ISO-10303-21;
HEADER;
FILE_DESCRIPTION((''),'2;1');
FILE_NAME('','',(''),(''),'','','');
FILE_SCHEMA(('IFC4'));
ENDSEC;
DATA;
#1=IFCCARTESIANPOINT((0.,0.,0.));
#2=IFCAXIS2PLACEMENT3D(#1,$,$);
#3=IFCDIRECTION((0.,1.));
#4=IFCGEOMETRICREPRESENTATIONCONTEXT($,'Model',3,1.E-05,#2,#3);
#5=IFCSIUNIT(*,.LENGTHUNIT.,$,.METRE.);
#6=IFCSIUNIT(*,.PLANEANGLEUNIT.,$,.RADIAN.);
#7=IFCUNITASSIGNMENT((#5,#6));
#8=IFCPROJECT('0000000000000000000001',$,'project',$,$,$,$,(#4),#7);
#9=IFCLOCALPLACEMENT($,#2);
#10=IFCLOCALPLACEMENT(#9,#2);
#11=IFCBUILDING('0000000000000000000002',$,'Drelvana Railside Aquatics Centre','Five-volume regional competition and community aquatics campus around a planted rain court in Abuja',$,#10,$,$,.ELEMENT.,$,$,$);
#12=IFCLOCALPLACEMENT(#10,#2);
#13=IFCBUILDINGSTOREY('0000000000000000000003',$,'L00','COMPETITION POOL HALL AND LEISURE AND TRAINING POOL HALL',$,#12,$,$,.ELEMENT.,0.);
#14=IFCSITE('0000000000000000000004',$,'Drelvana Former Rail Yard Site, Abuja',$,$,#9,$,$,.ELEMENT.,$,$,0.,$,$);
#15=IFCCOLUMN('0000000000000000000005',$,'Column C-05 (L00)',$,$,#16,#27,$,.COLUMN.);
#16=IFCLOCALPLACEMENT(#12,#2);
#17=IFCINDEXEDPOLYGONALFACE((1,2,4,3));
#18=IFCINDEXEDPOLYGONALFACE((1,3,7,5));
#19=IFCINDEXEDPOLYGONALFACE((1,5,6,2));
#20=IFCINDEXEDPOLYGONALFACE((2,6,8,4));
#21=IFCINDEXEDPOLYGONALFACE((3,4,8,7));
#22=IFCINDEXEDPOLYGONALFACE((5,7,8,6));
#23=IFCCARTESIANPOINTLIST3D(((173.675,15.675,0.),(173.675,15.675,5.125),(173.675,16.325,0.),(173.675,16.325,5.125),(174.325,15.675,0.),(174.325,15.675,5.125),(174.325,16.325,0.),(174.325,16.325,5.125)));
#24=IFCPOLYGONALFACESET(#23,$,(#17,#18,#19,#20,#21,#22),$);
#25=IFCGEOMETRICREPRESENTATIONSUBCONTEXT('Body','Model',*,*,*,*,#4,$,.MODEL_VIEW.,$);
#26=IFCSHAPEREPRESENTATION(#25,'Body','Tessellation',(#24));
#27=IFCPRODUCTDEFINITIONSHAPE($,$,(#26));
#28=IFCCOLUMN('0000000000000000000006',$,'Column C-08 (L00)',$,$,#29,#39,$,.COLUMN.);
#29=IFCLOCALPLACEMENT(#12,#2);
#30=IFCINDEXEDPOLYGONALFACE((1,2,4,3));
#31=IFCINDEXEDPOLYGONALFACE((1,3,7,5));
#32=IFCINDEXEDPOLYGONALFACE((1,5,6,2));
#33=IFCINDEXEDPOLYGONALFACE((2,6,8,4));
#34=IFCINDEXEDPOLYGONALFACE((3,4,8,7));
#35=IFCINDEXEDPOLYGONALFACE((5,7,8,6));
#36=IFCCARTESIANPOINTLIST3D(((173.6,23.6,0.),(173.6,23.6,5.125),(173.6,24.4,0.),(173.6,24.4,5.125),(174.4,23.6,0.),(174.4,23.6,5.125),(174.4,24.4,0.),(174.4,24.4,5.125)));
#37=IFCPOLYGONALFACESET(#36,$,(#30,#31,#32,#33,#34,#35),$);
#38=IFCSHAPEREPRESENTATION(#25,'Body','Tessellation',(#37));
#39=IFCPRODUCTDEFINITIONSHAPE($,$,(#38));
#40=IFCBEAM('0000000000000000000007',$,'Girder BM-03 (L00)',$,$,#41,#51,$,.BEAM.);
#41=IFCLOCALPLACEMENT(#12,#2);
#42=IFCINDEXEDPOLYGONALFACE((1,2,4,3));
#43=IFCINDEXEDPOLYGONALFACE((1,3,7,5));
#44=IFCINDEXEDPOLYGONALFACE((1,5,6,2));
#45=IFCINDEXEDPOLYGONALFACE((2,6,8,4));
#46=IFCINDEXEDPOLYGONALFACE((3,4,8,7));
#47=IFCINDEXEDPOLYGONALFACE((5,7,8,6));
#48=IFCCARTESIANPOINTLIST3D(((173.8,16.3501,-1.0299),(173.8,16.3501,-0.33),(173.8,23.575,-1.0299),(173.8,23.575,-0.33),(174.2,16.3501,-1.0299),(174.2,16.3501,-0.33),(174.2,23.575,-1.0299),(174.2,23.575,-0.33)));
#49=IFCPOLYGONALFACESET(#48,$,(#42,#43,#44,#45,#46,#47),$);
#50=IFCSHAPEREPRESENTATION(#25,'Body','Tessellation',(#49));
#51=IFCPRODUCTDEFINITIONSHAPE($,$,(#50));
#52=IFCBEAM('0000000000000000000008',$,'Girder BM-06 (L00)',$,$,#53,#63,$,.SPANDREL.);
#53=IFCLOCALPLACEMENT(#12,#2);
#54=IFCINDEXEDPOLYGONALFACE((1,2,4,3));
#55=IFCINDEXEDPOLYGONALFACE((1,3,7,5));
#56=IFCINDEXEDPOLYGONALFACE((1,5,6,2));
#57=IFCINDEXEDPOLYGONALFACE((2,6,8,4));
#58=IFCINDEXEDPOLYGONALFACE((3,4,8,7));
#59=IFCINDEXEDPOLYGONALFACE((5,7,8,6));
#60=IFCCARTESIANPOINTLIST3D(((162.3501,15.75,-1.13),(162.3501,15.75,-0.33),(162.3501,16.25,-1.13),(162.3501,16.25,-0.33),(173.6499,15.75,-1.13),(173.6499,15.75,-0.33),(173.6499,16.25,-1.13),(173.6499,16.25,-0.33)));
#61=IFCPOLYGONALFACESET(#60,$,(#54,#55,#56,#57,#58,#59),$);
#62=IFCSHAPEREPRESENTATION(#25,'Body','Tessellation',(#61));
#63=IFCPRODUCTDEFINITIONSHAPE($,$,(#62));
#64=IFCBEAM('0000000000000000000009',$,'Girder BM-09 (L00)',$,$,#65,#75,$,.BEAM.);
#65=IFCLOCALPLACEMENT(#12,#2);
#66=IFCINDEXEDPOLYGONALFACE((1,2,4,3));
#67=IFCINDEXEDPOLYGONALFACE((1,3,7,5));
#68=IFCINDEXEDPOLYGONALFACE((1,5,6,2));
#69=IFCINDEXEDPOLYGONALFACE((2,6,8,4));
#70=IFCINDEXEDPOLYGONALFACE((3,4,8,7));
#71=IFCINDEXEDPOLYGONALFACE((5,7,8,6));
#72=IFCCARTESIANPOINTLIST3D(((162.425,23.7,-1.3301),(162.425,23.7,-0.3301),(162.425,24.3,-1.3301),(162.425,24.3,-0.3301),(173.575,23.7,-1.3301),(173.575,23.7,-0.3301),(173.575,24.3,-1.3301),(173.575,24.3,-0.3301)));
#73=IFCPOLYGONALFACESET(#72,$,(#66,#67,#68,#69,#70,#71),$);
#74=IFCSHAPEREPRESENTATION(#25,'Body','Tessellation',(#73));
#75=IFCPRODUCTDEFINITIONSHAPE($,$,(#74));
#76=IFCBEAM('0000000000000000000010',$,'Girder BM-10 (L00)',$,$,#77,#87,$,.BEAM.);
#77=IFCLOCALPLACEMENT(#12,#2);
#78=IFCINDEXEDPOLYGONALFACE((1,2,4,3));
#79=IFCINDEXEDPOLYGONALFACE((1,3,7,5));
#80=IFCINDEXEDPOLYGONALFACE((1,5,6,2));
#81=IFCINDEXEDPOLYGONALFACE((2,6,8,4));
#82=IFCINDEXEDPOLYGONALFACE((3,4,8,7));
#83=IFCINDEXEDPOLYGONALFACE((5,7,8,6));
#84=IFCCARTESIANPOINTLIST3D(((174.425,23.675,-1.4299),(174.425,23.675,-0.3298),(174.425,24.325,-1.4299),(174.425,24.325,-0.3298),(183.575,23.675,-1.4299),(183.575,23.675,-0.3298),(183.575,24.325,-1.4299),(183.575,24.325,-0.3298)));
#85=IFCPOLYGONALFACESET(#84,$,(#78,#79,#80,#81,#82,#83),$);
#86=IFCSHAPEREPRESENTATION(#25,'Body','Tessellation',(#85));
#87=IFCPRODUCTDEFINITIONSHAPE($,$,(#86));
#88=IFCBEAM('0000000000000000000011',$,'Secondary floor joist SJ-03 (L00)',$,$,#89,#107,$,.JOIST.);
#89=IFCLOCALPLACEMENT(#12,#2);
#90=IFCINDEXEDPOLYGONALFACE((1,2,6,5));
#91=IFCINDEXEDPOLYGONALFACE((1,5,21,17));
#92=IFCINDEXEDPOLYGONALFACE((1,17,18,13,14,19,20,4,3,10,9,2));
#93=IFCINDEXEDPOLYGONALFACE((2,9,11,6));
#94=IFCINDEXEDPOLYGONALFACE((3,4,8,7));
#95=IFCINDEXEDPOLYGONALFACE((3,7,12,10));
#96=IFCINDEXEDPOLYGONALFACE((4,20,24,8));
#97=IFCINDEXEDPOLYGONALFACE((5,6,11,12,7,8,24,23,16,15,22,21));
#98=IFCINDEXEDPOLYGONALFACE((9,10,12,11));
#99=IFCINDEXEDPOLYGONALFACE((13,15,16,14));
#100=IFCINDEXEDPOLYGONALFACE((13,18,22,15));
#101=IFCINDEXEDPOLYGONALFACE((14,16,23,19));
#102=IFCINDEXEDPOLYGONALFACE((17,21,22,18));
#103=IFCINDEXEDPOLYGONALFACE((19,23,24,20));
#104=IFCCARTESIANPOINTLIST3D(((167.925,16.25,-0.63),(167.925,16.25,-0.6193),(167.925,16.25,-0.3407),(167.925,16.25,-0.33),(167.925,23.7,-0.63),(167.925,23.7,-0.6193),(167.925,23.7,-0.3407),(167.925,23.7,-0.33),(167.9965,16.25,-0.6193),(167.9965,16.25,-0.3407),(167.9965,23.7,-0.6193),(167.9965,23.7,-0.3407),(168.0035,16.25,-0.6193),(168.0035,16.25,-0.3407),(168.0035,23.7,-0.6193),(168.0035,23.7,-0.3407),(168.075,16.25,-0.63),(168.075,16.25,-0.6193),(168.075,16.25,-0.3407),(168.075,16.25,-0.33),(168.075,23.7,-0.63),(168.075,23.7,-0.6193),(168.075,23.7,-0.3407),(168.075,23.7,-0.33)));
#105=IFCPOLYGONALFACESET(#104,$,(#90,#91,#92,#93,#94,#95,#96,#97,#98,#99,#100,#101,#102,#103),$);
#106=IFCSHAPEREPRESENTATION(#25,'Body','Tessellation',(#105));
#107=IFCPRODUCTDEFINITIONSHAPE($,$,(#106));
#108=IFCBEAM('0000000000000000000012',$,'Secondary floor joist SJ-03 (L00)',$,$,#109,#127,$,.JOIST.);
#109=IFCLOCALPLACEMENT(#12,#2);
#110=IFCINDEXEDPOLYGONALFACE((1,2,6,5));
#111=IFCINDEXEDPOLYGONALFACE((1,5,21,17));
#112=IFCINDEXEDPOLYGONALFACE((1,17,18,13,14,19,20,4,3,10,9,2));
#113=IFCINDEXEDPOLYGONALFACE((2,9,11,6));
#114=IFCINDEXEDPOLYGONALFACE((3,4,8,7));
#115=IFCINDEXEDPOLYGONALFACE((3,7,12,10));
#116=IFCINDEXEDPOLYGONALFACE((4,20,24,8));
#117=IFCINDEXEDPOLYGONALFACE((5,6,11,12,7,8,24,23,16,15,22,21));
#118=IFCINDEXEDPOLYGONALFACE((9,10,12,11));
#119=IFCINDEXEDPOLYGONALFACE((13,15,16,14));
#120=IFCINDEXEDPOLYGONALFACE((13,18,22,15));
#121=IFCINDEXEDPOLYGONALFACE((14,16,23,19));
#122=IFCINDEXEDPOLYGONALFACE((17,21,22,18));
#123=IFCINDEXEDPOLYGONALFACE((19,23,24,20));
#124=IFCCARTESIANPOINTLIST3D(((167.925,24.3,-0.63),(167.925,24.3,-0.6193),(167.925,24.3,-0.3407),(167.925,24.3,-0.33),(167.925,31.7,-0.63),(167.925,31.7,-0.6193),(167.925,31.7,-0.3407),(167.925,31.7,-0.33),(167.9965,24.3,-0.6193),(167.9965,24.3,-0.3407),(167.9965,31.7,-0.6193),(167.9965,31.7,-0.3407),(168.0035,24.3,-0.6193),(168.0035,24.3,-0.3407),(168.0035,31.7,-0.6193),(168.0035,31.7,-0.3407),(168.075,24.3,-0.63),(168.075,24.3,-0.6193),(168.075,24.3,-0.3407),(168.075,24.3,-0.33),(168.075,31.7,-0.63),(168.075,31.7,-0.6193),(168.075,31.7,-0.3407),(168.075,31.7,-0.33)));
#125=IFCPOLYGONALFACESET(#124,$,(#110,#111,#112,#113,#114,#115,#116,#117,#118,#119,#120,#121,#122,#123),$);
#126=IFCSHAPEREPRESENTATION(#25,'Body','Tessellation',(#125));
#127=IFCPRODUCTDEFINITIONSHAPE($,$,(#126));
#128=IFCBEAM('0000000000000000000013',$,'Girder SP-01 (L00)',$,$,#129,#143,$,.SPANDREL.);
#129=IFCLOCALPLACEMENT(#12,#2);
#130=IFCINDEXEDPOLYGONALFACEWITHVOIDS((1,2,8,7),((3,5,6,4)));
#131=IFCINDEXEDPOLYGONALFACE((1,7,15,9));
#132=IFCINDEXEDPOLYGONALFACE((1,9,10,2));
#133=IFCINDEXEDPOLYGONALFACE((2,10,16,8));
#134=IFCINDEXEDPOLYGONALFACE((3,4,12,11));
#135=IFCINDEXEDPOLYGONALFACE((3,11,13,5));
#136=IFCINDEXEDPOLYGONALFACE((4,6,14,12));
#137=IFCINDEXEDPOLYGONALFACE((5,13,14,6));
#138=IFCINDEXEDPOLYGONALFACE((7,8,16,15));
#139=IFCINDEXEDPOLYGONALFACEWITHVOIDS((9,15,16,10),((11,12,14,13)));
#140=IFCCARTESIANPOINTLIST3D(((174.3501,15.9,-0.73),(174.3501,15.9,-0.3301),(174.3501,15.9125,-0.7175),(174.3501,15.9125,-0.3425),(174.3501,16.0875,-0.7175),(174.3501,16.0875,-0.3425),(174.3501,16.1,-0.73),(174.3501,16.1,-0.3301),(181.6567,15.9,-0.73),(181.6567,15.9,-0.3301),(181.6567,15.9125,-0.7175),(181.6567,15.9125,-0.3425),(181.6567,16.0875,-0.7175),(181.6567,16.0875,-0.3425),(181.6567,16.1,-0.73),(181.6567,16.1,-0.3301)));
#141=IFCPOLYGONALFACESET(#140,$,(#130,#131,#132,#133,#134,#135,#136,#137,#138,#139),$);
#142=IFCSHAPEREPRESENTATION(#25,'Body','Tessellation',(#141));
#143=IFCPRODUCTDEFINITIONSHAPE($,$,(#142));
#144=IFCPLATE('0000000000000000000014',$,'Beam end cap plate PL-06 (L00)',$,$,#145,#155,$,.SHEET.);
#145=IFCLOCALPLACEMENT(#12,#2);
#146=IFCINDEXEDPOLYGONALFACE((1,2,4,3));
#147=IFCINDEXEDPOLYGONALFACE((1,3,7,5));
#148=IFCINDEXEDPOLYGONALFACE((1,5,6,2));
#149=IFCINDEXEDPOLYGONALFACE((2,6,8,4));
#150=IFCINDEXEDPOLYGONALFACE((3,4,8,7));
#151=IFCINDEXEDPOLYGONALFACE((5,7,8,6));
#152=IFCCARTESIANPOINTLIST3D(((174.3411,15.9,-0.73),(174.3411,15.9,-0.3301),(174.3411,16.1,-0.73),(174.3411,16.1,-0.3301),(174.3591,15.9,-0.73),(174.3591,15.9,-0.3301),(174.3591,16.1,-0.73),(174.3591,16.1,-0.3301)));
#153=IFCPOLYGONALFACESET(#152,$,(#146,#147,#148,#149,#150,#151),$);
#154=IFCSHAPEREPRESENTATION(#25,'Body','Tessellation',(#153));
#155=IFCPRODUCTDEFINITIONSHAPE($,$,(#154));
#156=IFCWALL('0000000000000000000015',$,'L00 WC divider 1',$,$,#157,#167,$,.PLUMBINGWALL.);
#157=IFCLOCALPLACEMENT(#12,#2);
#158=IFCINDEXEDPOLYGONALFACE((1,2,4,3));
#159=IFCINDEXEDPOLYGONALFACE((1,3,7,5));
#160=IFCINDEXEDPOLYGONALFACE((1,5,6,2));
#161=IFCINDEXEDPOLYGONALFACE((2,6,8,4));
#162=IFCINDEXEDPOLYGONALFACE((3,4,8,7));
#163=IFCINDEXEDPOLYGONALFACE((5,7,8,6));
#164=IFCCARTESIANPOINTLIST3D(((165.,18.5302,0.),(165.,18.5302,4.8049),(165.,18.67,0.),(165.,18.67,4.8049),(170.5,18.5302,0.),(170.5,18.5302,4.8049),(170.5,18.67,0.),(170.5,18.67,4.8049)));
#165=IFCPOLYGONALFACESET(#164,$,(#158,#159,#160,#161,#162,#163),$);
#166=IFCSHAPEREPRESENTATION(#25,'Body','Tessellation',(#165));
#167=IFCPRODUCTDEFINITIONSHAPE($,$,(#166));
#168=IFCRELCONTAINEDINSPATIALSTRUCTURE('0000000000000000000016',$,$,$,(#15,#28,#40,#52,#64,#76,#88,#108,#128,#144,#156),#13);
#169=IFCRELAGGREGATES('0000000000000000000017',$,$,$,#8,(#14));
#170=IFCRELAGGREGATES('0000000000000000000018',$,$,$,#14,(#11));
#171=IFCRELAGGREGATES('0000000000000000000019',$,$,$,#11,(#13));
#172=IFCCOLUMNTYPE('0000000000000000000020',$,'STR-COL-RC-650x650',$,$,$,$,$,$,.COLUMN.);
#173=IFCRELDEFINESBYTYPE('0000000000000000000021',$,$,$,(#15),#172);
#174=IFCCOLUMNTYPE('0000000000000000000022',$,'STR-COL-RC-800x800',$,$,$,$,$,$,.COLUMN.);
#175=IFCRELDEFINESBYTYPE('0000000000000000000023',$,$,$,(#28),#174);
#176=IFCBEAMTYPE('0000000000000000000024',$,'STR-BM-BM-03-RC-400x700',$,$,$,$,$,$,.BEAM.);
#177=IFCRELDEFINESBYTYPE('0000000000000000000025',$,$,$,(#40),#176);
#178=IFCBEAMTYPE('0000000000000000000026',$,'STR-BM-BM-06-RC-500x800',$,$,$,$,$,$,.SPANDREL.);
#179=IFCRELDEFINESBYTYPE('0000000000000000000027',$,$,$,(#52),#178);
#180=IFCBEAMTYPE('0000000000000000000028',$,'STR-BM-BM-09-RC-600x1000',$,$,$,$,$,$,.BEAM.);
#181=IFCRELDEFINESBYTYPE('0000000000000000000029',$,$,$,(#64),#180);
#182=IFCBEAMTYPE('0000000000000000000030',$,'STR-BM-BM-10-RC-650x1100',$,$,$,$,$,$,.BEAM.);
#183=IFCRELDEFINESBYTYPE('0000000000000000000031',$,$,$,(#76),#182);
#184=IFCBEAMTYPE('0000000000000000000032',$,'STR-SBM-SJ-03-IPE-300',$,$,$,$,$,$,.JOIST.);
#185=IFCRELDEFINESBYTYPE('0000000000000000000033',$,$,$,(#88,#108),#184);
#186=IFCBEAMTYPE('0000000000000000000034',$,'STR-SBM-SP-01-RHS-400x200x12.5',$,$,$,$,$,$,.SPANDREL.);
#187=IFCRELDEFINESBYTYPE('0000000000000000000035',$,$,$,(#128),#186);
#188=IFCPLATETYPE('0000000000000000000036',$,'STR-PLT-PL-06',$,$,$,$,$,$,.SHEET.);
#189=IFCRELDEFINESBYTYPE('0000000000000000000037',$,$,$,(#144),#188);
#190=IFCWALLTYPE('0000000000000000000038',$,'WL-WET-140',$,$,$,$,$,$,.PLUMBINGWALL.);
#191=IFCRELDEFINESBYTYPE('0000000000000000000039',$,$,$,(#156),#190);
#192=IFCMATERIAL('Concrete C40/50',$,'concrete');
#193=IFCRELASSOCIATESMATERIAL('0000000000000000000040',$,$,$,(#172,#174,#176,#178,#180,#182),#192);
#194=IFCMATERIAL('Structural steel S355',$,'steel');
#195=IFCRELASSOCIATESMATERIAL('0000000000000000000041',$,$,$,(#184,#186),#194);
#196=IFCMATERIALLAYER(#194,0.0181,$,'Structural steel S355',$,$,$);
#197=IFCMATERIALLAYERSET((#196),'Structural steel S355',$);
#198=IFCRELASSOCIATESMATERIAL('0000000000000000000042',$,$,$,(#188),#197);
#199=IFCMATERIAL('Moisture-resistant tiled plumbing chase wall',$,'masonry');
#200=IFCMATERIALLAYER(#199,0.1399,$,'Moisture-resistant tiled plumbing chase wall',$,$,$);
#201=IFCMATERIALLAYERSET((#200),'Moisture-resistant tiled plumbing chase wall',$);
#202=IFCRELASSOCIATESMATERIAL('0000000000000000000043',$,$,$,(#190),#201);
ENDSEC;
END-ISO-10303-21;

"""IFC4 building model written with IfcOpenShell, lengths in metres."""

from ifc_helpers import new_model, si_unit, direction, frame, frame_2d, origin, origin_2d, place, context, subcontext, project, spatial, rectangle, hollow_rectangle, i_section, extrude, material, layer, layer_set, material_profile, profile_set, type_object, element, save


model = new_model("IFC4")

# Units and contexts
model_context = context("Model", 3, precision=1e-05, world=origin(), true_north=direction((0.0, 1.0)))
body_context = subcontext(model_context, "Body", "Model", "MODEL_VIEW")
ifc_project = project(units=[si_unit("LENGTHUNIT", "METRE"), si_unit("PLANEANGLEUNIT", "RADIAN")], contexts=[model_context])

# Site, building, storey
site_placement = place(None, origin())
site = spatial("IfcSite", under=ifc_project, at=site_placement, Name="Drelvana Former Rail Yard Site, Abuja", CompositionType="ELEMENT", RefElevation=0.0)
building_placement = place(site_placement, origin())
building = spatial("IfcBuilding", under=site, at=building_placement, Name="Drelvana Railside Aquatics Centre", Description="Five-volume regional competition and community aquatics campus around a planted rain court in Abuja", CompositionType="ELEMENT")
storey_placement = place(building_placement, origin())
storey = spatial("IfcBuildingStorey", under=building, at=storey_placement, Name="L00", Description="COMPETITION POOL HALL AND LEISURE AND TRAINING POOL HALL", CompositionType="ELEMENT", Elevation=0.0)

# Columns
ifc_material_1 = material(Name="Concrete C40/50", Category="concrete")
ifc_material_profile_1 = material_profile(ifc_material_1, rectangle(XDim=0.6499, YDim=0.6499, at=origin_2d()), Name="RC 650x650")
ifc_profile_set_1 = profile_set([ifc_material_profile_1], Name="Concrete C40/50")
column_type_1 = type_object("IfcColumnType", Name="STR-COL-RC-650x650", PredefinedType="COLUMN", material=ifc_profile_set_1)
column_1_placement = place(storey_placement, frame((174.0, 16.0, 0.0), z_axis=(0.0, 0.0, 1.0), x_axis=(1.0, 0.0, 0.0)))
element("IfcColumn", 1, at=column_1_placement, inside=storey, type_object=column_type_1, Name="Column C-05 (L00)", PredefinedType="COLUMN", context=body_context, shape_type="SweptSolid", body=[
    extrude(rectangle(XDim=0.6499, YDim=0.6499, at=origin_2d()), origin(), (0.0, 0.0, 1.0), 5.125),
])
ifc_material_profile_2 = material_profile(ifc_material_1, rectangle(XDim=0.8, YDim=0.8, at=origin_2d()), Name="RC 800x800")
ifc_profile_set_2 = profile_set([ifc_material_profile_2], Name="Concrete C40/50")
column_type_2 = type_object("IfcColumnType", Name="STR-COL-RC-800x800", PredefinedType="COLUMN", material=ifc_profile_set_2)
column_2_placement = place(storey_placement, frame((174.0, 24.0, 0.0), z_axis=(0.0, 0.0, 1.0), x_axis=(1.0, 0.0, 0.0)))
element("IfcColumn", 2, at=column_2_placement, inside=storey, type_object=column_type_2, Name="Column C-08 (L00)", PredefinedType="COLUMN", context=body_context, shape_type="SweptSolid", body=[
    extrude(rectangle(XDim=0.8, YDim=0.8, at=origin_2d()), origin(), (0.0, 0.0, 1.0), 5.125),
])

# Beams
ifc_material_profile_3 = material_profile(ifc_material_1, rectangle(XDim=0.3999, YDim=0.7, at=origin_2d()), Name="RC 400x700")
ifc_profile_set_3 = profile_set([ifc_material_profile_3], Name="Concrete C40/50")
beam_type_1 = type_object("IfcBeamType", Name="STR-BM-BM-03-RC-400x700", PredefinedType="BEAM", material=ifc_profile_set_3)
beam_1_placement = place(storey_placement, frame((174.0, 16.3501, -0.6799), z_axis=(0.0, 1.0, 0.0), x_axis=(-1.0, 0.0, 0.0)))
element("IfcBeam", 3, at=beam_1_placement, inside=storey, type_object=beam_type_1, Name="Girder BM-03 (L00)", PredefinedType="BEAM", context=body_context, shape_type="SweptSolid", body=[
    extrude(rectangle(XDim=0.3999, YDim=0.7, at=origin_2d()), origin(), (0.0, 0.0, 1.0), 7.2249),
])
ifc_material_profile_4 = material_profile(ifc_material_1, rectangle(XDim=0.5, YDim=0.8, at=origin_2d()), Name="RC 500x800")
ifc_profile_set_4 = profile_set([ifc_material_profile_4], Name="Concrete C40/50")
beam_type_2 = type_object("IfcBeamType", Name="STR-BM-BM-06-RC-500x800", PredefinedType="SPANDREL", material=ifc_profile_set_4)
beam_2_placement = place(storey_placement, frame((162.3501, 16.0, -0.73), z_axis=(1.0, 0.0, 0.0), x_axis=(0.0, 1.0, 0.0)))
element("IfcBeam", 4, at=beam_2_placement, inside=storey, type_object=beam_type_2, Name="Girder BM-06 (L00)", PredefinedType="SPANDREL", context=body_context, shape_type="SweptSolid", body=[
    extrude(rectangle(XDim=0.5, YDim=0.8, at=origin_2d()), origin(), (0.0, 0.0, 1.0), 11.2998),
])
ifc_material_profile_5 = material_profile(ifc_material_1, rectangle(XDim=0.6001, YDim=1.0, at=origin_2d()), Name="RC 600x1000")
ifc_profile_set_5 = profile_set([ifc_material_profile_5], Name="Concrete C40/50")
beam_type_3 = type_object("IfcBeamType", Name="STR-BM-BM-09-RC-600x1000", PredefinedType="BEAM", material=ifc_profile_set_5)
beam_3_placement = place(storey_placement, frame((162.425, 24.0, -0.8301), z_axis=(1.0, 0.0, 0.0), x_axis=(0.0, 1.0, 0.0)))
element("IfcBeam", 5, at=beam_3_placement, inside=storey, type_object=beam_type_3, Name="Girder BM-09 (L00)", PredefinedType="BEAM", context=body_context, shape_type="SweptSolid", body=[
    extrude(rectangle(XDim=0.6001, YDim=1.0, at=origin_2d()), origin(), (0.0, 0.0, 1.0), 11.1499),
])
ifc_material_profile_6 = material_profile(ifc_material_1, rectangle(XDim=0.6499, YDim=1.1001, at=origin_2d()), Name="RC 650x1100")
ifc_profile_set_6 = profile_set([ifc_material_profile_6], Name="Concrete C40/50")
beam_type_4 = type_object("IfcBeamType", Name="STR-BM-BM-10-RC-650x1100", PredefinedType="BEAM", material=ifc_profile_set_6)
beam_4_placement = place(storey_placement, frame((174.425, 24.0, -0.8799), z_axis=(1.0, 0.0, 0.0), x_axis=(0.0, 1.0, 0.0)))
element("IfcBeam", 6, at=beam_4_placement, inside=storey, type_object=beam_type_4, Name="Girder BM-10 (L00)", PredefinedType="BEAM", context=body_context, shape_type="SweptSolid", body=[
    extrude(rectangle(XDim=0.6499, YDim=1.1001, at=origin_2d()), origin(), (0.0, 0.0, 1.0), 9.1499),
])
ifc_material_2 = material(Name="Structural steel S355", Category="steel")
ifc_material_profile_7 = material_profile(ifc_material_2, i_section(OverallWidth=0.1499, OverallDepth=0.3, WebThickness=0.0071, FlangeThickness=0.0107, at=origin_2d()), Name="IPE 300")
ifc_profile_set_7 = profile_set([ifc_material_profile_7], Name="Structural steel S355")
beam_type_5 = type_object("IfcBeamType", Name="STR-SBM-SJ-03-IPE-300", PredefinedType="JOIST", material=ifc_profile_set_7)
beam_5_placement = place(storey_placement, frame((168.0, 16.25, -0.48), z_axis=(0.0, 1.0, 0.0), x_axis=(-1.0, 0.0, 0.0)))
element("IfcBeam", 7, at=beam_5_placement, inside=storey, type_object=beam_type_5, Name="Secondary floor joist SJ-03 (L00)", PredefinedType="JOIST", context=body_context, shape_type="SweptSolid", body=[
    extrude(i_section(OverallWidth=0.1499, OverallDepth=0.3, WebThickness=0.0071, FlangeThickness=0.0107, at=origin_2d()), origin(), (0.0, 0.0, 1.0), 7.45),
])
beam_6_placement = place(storey_placement, frame((168.0, 24.3, -0.48), z_axis=(0.0, 1.0, 0.0), x_axis=(-1.0, 0.0, 0.0)))
element("IfcBeam", 8, at=beam_6_placement, inside=storey, type_object=beam_type_5, Name="Secondary floor joist SJ-03 (L00)", PredefinedType="JOIST", context=body_context, shape_type="SweptSolid", body=[
    extrude(i_section(OverallWidth=0.1499, OverallDepth=0.3, WebThickness=0.0071, FlangeThickness=0.0107, at=origin_2d()), origin(), (0.0, 0.0, 1.0), 7.3999),
])
ifc_material_profile_8 = material_profile(ifc_material_2, hollow_rectangle(XDim=0.2, YDim=0.3999, WallThickness=0.0125, at=origin_2d()), Name="RHS 400x200x12.5")
ifc_profile_set_8 = profile_set([ifc_material_profile_8], Name="Structural steel S355")
beam_type_6 = type_object("IfcBeamType", Name="STR-SBM-SP-01-RHS-400x200x12.5", PredefinedType="SPANDREL", material=ifc_profile_set_8)
beam_7_placement = place(storey_placement, frame((174.3501, 16.0, -0.53), z_axis=(1.0, 0.0, 0.0), x_axis=(0.0, 1.0, 0.0)))
element("IfcBeam", 9, at=beam_7_placement, inside=storey, type_object=beam_type_6, Name="Girder SP-01 (L00)", PredefinedType="SPANDREL", context=body_context, shape_type="SweptSolid", body=[
    extrude(hollow_rectangle(XDim=0.2, YDim=0.3999, WallThickness=0.0125, at=origin_2d()), origin(), (0.0, 0.0, 1.0), 7.3066),
])

# Plate
ifc_layer_1 = layer(ifc_material_2, 0.0181, Name="Structural steel S355")
ifc_layer_set_1 = layer_set([ifc_layer_1], Name="Structural steel S355")
plate_type = type_object("IfcPlateType", Name="STR-PLT-PL-06", PredefinedType="SHEET", material=ifc_layer_set_1)
plate_placement = place(storey_placement, frame((174.3501, 16.0, -0.73), z_axis=(0.0, 0.0, 1.0), x_axis=(1.0, 0.0, 0.0)))
element("IfcPlate", 10, at=plate_placement, inside=storey, type_object=plate_type, Name="Beam end cap plate PL-06 (L00)", PredefinedType="SHEET", context=body_context, shape_type="SweptSolid", body=[
    extrude(rectangle(XDim=0.0181, YDim=0.2, at=origin_2d()), origin(), (0.0, 0.0, 1.0), 0.3999),
])

# Wall
ifc_material_3 = material(Name="Moisture-resistant tiled plumbing chase wall", Category="masonry")
ifc_layer_2 = layer(ifc_material_3, 0.1399, Name="Moisture-resistant tiled plumbing chase wall")
ifc_layer_set_2 = layer_set([ifc_layer_2], Name="Moisture-resistant tiled plumbing chase wall")
wall_type_1 = type_object("IfcWallType", Name="WL-WET-140", PredefinedType="PLUMBINGWALL", material=ifc_layer_set_2)
for number, where, z_axis, x_axis, name in (
    (11, (165.0, 18.6001, 0.0), (0.0, 0.0, 1.0), (1.0, 0.0, 0.0), "L00 WC divider 1"),
):
    element("IfcWall", number, at=place(storey_placement, frame(where, z_axis=z_axis, x_axis=x_axis)), inside=storey, type_object=wall_type_1, Name=name, PredefinedType="PLUMBINGWALL", context=body_context, shape_type="SweptSolid", body=[
        extrude(rectangle(XDim=5.5, YDim=0.1399, at=frame_2d((2.75, 0.0))), origin(), (0.0, 0.0, 1.0), 4.8049),
    ])

save(model, "model.ifc")
